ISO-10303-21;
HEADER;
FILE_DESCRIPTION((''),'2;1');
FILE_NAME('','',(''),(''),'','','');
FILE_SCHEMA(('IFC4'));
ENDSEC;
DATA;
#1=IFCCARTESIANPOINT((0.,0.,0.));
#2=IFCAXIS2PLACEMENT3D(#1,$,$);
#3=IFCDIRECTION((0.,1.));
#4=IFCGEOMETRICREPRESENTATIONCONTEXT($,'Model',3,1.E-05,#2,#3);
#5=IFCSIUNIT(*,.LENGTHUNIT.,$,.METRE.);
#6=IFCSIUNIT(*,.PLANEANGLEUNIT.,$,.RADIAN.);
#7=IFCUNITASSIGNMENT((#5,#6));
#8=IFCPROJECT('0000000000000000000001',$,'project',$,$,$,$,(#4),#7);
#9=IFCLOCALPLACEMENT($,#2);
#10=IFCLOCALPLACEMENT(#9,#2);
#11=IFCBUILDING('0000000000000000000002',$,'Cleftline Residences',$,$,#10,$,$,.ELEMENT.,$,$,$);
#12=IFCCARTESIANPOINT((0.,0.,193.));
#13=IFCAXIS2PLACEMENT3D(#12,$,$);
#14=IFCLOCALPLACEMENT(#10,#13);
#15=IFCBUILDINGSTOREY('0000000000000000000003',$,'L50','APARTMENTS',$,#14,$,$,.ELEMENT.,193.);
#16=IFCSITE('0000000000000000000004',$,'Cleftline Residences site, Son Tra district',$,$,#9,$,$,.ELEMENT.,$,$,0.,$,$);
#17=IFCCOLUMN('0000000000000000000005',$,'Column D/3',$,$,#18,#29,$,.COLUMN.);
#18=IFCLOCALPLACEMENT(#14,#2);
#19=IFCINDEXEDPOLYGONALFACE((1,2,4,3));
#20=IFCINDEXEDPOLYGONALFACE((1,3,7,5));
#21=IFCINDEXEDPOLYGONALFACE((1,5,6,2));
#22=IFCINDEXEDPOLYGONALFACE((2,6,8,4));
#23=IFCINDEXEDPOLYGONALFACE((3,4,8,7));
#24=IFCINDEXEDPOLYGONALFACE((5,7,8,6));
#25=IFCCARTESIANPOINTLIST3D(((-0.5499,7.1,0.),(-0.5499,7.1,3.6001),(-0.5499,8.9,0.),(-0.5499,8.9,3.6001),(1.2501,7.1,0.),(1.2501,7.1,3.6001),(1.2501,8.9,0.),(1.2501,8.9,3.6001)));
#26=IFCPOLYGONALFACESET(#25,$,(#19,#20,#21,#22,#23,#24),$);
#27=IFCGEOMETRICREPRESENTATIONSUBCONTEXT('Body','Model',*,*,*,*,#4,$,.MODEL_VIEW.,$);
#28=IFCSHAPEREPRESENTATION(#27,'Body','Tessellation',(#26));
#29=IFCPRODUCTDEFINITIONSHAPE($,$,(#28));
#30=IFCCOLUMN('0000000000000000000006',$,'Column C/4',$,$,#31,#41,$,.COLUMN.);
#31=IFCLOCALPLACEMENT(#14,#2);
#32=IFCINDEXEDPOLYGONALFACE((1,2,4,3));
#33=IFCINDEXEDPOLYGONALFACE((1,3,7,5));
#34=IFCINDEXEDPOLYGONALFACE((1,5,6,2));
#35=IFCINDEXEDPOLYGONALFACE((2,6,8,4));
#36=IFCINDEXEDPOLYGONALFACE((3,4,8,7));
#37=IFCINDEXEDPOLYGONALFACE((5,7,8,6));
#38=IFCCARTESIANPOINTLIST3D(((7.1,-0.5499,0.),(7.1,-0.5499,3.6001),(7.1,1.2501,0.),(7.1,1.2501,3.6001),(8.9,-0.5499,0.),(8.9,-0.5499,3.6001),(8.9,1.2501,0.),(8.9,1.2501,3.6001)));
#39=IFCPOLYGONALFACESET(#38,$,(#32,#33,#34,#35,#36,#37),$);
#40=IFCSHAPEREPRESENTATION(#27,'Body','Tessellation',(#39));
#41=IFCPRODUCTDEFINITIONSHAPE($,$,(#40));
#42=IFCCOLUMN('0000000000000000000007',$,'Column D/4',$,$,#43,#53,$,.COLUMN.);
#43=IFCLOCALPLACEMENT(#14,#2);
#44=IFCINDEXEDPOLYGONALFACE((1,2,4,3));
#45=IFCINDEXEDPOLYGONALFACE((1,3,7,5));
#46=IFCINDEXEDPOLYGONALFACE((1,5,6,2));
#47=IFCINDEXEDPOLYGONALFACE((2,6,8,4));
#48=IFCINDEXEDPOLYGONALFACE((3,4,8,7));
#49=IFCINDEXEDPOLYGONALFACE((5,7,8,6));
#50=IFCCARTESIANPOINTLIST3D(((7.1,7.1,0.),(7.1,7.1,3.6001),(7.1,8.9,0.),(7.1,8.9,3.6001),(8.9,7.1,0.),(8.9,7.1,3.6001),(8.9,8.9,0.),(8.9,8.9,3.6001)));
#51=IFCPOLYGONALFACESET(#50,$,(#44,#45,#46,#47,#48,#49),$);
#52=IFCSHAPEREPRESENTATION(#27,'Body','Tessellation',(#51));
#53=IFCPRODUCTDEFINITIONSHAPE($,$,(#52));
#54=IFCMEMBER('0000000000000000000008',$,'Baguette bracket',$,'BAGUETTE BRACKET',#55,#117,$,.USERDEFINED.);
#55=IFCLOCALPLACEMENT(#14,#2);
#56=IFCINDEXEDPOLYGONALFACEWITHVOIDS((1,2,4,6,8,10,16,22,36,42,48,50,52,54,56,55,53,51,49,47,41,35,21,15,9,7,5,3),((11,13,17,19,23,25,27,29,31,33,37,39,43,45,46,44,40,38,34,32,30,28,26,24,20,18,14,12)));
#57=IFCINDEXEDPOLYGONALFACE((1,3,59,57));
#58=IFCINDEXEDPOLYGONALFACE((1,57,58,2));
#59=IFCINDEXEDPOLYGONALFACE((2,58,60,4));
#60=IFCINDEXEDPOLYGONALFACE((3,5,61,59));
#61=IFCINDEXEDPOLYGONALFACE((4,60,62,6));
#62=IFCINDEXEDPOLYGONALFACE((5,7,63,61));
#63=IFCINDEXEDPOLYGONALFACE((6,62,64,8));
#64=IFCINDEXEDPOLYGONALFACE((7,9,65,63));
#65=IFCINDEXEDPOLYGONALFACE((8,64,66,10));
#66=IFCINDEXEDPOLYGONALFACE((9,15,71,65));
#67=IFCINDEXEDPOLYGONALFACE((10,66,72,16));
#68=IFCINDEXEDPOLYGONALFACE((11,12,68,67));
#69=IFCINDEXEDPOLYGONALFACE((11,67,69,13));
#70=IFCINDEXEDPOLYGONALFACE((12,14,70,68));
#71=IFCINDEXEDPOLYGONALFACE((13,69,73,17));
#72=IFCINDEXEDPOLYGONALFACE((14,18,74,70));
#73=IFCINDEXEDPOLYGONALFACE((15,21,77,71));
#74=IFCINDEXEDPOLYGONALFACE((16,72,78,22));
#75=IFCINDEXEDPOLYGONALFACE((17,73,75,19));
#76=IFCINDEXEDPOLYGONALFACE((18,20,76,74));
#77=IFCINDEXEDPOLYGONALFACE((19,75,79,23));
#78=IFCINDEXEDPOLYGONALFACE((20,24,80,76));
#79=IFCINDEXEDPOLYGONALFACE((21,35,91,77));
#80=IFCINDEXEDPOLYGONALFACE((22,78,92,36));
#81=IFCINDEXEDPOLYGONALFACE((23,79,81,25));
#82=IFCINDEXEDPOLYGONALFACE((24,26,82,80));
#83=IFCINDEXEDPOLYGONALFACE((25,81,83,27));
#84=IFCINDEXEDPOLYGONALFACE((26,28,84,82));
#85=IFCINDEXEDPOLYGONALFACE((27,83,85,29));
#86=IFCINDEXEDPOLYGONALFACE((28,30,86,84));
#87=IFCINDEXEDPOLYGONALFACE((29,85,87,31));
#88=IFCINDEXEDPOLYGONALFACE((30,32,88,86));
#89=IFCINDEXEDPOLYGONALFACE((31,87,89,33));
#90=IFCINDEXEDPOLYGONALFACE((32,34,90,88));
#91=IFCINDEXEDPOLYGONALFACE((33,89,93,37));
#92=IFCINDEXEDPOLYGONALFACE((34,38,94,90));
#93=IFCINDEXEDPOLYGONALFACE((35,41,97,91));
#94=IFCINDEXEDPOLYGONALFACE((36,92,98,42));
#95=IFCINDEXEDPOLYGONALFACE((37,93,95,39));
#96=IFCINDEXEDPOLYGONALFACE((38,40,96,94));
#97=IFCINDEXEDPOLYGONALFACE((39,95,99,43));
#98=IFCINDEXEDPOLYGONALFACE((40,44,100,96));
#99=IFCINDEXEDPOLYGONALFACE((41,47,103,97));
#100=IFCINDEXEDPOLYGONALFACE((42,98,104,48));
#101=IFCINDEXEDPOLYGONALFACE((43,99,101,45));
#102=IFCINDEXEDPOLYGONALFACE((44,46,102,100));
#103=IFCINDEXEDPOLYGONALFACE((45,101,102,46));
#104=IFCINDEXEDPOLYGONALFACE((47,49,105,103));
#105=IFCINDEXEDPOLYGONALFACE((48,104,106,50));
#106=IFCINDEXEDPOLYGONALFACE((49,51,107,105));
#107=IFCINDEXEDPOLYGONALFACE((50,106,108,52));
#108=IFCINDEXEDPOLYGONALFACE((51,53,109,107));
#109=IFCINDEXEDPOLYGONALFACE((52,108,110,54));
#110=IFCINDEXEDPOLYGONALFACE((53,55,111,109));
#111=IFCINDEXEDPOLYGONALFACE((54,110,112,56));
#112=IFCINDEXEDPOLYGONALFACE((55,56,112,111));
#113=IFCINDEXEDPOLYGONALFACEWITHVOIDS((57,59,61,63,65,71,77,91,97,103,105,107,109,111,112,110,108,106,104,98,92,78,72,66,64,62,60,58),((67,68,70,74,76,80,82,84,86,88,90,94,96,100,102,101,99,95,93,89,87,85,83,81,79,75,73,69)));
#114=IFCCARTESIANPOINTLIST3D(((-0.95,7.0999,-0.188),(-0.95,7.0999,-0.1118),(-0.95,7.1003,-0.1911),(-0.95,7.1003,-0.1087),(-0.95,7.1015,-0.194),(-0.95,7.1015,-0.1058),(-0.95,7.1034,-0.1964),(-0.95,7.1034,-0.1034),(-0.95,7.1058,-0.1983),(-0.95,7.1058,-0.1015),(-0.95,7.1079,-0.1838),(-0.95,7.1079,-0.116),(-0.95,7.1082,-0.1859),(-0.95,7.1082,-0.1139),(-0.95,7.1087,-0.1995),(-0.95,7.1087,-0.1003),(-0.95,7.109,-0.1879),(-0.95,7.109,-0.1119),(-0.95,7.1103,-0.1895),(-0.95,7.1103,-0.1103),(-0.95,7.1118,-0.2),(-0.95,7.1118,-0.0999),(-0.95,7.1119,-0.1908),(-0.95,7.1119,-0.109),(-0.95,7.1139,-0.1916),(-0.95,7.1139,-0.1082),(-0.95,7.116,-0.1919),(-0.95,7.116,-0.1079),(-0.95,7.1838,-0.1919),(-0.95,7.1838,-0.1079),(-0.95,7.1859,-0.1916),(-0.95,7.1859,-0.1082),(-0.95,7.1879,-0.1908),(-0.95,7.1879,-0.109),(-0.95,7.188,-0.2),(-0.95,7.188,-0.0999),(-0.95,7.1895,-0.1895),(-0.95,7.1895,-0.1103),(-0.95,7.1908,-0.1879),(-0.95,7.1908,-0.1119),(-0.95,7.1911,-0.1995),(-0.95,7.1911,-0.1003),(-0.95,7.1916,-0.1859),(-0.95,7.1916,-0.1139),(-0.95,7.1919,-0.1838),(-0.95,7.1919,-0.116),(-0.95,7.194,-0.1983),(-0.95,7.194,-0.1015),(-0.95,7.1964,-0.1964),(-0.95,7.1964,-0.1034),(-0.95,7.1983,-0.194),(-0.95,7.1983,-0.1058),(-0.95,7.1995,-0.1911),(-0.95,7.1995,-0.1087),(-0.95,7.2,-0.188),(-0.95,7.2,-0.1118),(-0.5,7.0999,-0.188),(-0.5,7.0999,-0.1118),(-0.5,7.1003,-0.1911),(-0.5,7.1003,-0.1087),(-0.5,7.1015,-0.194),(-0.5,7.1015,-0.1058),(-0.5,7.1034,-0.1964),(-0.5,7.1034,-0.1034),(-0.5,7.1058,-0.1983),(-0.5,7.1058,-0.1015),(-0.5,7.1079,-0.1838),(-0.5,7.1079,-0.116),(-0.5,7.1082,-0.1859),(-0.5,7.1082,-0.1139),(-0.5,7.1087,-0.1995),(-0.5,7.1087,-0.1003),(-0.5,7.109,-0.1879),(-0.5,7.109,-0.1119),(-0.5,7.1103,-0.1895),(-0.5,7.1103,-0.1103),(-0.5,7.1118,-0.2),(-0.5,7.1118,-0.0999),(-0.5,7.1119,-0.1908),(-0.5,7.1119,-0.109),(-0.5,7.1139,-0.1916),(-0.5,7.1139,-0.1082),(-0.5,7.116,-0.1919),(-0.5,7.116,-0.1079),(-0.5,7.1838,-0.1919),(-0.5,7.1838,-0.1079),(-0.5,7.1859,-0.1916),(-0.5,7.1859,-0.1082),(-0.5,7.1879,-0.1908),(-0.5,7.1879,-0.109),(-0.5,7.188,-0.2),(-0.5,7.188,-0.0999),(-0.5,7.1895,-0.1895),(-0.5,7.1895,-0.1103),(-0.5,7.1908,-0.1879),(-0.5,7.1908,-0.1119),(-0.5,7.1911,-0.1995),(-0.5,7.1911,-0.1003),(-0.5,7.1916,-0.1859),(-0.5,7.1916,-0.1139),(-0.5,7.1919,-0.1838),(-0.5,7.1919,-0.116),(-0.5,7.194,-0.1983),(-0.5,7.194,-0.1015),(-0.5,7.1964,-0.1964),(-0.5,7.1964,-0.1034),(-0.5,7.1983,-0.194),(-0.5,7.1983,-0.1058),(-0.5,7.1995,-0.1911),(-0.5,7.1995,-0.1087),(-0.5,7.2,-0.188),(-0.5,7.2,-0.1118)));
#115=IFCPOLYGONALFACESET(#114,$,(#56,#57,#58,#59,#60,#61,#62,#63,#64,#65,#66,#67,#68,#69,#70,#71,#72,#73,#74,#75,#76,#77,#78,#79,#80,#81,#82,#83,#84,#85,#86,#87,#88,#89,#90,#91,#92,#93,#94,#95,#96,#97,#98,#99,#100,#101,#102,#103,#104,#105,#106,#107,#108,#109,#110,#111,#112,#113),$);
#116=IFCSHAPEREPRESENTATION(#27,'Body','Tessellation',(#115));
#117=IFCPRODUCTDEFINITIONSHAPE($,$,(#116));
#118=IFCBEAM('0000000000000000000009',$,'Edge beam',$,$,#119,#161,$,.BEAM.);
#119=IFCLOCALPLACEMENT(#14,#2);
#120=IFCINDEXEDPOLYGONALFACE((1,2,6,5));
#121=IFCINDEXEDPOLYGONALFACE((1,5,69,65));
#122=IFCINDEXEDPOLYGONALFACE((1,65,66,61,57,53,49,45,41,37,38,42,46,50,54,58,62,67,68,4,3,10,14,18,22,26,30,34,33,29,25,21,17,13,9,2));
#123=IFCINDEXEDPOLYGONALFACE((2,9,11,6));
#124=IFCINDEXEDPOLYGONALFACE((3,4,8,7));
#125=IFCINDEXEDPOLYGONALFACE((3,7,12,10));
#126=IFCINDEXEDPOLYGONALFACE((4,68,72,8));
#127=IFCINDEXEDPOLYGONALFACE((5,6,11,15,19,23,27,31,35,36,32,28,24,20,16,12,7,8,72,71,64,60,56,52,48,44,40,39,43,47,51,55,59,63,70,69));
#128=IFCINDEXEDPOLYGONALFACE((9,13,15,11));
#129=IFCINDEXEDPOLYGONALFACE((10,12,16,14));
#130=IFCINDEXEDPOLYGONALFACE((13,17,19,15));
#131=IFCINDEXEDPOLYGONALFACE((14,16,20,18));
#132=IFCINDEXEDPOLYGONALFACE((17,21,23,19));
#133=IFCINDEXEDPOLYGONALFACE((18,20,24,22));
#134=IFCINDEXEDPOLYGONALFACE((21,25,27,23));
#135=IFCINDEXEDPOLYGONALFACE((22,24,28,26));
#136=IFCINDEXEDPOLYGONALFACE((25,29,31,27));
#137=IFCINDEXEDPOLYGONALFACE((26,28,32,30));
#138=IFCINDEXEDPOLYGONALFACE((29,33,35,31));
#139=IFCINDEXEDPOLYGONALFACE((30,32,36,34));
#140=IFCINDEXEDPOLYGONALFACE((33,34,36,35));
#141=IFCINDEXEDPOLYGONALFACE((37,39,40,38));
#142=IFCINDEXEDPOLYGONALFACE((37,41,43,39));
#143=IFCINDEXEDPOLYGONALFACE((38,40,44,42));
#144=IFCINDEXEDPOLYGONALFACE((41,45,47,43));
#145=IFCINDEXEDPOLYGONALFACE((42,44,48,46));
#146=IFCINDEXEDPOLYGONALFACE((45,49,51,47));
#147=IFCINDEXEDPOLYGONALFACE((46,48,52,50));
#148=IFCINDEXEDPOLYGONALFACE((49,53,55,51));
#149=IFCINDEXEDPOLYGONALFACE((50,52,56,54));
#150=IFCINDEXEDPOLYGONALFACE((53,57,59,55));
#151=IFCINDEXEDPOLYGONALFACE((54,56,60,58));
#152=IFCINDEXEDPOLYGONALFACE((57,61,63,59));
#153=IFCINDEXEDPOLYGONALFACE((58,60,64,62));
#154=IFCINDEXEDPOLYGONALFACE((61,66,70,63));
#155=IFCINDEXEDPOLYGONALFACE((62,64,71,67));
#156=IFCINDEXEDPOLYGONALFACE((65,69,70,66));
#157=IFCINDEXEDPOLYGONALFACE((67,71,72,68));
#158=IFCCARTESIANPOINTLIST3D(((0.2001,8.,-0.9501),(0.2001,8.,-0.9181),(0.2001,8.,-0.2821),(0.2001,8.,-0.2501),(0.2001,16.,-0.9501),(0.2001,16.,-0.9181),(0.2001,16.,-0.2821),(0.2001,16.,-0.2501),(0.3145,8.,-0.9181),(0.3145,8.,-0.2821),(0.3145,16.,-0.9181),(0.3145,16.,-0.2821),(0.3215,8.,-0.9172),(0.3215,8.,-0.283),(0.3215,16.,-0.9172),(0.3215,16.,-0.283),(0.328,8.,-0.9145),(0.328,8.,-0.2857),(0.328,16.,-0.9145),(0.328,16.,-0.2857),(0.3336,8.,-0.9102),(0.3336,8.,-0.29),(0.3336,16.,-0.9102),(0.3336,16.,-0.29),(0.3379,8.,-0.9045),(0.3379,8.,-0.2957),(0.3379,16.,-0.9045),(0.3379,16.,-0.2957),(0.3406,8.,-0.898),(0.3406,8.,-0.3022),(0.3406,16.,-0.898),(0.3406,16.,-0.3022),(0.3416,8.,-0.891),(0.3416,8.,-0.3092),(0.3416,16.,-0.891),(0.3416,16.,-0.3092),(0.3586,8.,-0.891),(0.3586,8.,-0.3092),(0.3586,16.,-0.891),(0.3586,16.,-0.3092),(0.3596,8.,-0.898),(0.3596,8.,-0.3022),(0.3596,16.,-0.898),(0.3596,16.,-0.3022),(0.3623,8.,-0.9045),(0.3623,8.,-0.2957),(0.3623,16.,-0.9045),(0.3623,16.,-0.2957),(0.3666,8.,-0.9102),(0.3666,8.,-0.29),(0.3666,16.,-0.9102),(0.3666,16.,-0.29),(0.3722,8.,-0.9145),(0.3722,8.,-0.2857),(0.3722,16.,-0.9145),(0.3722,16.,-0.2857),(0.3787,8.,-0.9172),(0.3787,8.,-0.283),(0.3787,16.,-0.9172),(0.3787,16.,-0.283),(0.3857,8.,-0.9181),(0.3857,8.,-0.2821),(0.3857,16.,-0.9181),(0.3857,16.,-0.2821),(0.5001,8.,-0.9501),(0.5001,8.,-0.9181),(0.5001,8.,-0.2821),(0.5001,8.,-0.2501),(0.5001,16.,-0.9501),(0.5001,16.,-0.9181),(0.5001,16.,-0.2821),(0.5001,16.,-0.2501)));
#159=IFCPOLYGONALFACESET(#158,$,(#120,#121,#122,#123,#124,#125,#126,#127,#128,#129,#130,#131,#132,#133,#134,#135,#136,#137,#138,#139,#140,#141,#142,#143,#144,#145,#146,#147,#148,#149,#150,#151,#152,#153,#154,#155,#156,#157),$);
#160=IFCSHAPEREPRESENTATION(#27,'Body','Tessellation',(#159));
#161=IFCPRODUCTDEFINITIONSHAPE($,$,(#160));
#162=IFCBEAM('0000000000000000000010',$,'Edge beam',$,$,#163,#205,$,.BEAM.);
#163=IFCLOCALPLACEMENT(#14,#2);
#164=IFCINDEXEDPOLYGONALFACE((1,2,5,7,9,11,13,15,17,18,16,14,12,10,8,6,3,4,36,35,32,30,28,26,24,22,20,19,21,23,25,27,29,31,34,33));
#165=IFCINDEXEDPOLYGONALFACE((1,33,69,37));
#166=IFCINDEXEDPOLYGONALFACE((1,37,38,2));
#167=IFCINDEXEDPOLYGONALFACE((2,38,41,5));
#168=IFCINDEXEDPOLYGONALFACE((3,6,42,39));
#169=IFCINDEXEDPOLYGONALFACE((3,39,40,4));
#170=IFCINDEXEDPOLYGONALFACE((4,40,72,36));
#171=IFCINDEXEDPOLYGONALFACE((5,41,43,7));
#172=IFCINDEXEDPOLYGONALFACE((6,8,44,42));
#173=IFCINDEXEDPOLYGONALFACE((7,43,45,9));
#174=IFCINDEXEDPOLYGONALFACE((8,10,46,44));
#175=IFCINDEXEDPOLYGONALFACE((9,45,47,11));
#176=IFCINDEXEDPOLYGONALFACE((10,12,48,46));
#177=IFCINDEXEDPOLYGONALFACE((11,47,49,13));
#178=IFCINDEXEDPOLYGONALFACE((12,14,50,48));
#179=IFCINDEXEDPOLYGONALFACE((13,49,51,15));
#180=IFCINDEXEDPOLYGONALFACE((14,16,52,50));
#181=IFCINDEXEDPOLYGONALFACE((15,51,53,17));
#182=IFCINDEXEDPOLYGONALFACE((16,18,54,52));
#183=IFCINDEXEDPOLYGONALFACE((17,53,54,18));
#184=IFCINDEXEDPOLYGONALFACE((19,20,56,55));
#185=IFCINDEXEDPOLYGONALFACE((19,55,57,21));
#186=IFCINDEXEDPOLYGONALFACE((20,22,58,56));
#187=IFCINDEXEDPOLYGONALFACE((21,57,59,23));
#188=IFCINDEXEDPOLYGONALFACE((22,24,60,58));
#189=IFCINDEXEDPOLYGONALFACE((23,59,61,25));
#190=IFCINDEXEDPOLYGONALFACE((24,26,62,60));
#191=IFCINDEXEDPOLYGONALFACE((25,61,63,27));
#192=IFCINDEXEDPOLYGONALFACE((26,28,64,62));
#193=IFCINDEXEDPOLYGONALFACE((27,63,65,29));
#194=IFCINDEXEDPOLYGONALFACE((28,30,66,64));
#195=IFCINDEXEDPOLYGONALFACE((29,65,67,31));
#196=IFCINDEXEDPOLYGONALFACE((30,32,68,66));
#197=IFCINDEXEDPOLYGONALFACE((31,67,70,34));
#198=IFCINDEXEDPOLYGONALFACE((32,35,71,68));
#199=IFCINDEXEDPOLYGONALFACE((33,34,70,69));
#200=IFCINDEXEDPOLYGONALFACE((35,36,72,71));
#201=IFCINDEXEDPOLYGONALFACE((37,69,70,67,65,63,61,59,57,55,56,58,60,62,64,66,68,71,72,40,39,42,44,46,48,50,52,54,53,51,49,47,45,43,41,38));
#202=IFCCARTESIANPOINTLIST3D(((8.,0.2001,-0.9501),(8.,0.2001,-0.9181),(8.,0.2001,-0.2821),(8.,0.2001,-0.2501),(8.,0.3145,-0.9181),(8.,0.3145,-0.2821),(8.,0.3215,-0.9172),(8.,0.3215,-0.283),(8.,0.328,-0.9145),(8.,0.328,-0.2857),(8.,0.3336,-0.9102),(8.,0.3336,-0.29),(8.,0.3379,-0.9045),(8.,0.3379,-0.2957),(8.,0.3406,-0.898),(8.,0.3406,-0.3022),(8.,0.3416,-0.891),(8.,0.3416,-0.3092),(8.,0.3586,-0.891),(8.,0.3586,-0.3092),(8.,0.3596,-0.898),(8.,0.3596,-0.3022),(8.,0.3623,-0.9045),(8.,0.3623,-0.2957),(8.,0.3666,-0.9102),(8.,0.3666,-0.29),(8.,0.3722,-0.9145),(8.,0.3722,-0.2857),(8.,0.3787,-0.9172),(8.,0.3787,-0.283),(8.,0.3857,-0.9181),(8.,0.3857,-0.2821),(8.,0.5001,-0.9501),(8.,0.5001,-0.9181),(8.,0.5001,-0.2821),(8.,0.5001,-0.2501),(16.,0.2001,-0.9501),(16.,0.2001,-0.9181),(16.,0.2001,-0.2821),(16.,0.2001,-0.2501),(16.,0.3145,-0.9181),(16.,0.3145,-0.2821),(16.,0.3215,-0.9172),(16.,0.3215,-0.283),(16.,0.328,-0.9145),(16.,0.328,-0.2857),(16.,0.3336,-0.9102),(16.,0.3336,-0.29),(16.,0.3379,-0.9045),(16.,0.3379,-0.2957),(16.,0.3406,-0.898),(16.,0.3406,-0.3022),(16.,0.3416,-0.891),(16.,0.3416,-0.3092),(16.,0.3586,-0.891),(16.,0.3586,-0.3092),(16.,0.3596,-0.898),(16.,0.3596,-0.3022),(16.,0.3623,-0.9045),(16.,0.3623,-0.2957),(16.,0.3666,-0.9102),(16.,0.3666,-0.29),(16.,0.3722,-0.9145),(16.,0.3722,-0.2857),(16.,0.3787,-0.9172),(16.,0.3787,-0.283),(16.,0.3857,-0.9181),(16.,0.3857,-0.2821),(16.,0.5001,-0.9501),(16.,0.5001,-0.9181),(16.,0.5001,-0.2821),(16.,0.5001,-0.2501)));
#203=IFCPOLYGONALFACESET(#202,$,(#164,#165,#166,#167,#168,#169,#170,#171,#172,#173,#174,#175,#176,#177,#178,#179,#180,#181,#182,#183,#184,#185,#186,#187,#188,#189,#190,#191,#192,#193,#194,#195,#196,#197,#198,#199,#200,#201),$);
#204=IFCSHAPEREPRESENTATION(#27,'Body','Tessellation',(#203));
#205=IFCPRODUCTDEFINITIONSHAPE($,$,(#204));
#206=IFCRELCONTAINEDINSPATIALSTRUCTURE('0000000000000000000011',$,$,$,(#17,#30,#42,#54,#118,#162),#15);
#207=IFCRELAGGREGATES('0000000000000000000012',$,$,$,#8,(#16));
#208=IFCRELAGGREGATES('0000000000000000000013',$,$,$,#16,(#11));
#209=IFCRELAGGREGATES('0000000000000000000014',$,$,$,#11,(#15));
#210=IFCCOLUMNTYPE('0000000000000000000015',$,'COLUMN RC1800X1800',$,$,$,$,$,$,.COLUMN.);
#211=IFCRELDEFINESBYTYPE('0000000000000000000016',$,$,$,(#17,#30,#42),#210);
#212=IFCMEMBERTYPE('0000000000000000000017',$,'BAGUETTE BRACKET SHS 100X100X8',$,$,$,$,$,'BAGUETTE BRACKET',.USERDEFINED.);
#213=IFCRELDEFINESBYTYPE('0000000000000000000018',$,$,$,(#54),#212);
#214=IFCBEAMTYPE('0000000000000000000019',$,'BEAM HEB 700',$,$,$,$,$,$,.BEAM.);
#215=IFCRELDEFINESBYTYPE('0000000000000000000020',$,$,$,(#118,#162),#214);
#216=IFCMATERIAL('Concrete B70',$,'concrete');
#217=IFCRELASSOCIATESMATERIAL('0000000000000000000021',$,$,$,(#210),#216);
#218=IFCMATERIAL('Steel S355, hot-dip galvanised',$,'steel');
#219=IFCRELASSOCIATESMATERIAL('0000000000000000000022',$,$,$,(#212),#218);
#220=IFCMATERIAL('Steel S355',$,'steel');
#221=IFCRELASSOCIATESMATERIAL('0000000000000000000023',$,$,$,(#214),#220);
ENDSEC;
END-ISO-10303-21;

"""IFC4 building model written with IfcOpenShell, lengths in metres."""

from ifc_helpers import new_model, si_unit, direction, frame, origin, origin_2d, place, context, subcontext, project, spatial, rectangle, hollow_rectangle, i_section, extrude, material, material_profile, profile_set, type_object, element, save


model = new_model("IFC4")

# Units and contexts
model_context = context("Model", 3, precision=1e-05, world=origin(), true_north=direction((0.0, 1.0)))
body_context = subcontext(model_context, "Body", "Model", "MODEL_VIEW")
ifc_project = project(units=[si_unit("LENGTHUNIT", "METRE"), si_unit("PLANEANGLEUNIT", "RADIAN")], contexts=[model_context])

# Site, building, storey
site_placement = place(None, origin())
site = spatial("IfcSite", under=ifc_project, at=site_placement, Name="Cleftline Residences site, Son Tra district", CompositionType="ELEMENT", RefElevation=0.0)
building_placement = place(site_placement, origin())
building = spatial("IfcBuilding", under=site, at=building_placement, Name="Cleftline Residences", CompositionType="ELEMENT")
storey_placement = place(building_placement, frame((0.0, 0.0, 193.0)))
storey = spatial("IfcBuildingStorey", under=building, at=storey_placement, Name="L50", Description="APARTMENTS", CompositionType="ELEMENT", Elevation=193.0)

# Columns
ifc_material_1 = material(Name="Concrete B70", Category="concrete")
ifc_material_profile_1 = material_profile(ifc_material_1, rectangle(XDim=1.8, YDim=1.8, at=origin_2d()))
ifc_profile_set_1 = profile_set([ifc_material_profile_1], Name="Concrete B70")
column_type = type_object("IfcColumnType", Name="COLUMN RC1800X1800", PredefinedType="COLUMN", material=ifc_profile_set_1)
for number, where, z_axis, x_axis, name in (
    (1, (0.3501, 8.0, 0.0), (0.0, 0.0, 1.0), (1.0, 0.0, 0.0), "Column D/3"),
    (2, (8.0, 0.3501, 0.0), (0.0, 0.0, 1.0), (1.0, 0.0, 0.0), "Column C/4"),
    (3, (8.0, 8.0, 0.0), (0.0, 0.0, 1.0), (1.0, 0.0, 0.0), "Column D/4"),
):
    element("IfcColumn", number, at=place(storey_placement, frame(where, z_axis=z_axis, x_axis=x_axis)), inside=storey, type_object=column_type, Name=name, PredefinedType="COLUMN", context=body_context, shape_type="SweptSolid", body=[
        extrude(rectangle(XDim=1.8, YDim=1.8, at=origin_2d()), origin(), (0.0, 0.0, 1.0), 3.6001),
    ])

# Member
ifc_material_2 = material(Name="Steel S355, hot-dip galvanised", Category="steel")
ifc_material_profile_2 = material_profile(ifc_material_2, hollow_rectangle(XDim=0.1001, YDim=0.1001, WallThickness=0.0081, InnerFilletRadius=0.0081, OuterFilletRadius=0.012, at=origin_2d()))
ifc_profile_set_2 = profile_set([ifc_material_profile_2], Name="Steel S355, hot-dip galvanised")
member_type_1 = type_object("IfcMemberType", Name="BAGUETTE BRACKET SHS 100X100X8", ElementType="BAGUETTE BRACKET", PredefinedType="USERDEFINED", material=ifc_profile_set_2)
member_placement = place(storey_placement, frame((-0.5, 7.1499, -0.1499), z_axis=(-1.0, 0.0, 0.0), x_axis=(0.0, -1.0, 0.0)))
element("IfcMember", 4, at=member_placement, inside=storey, type_object=member_type_1, Name="Baguette bracket", ObjectType="BAGUETTE BRACKET", PredefinedType="USERDEFINED", context=body_context, shape_type="SweptSolid", body=[
    extrude(hollow_rectangle(XDim=0.1001, YDim=0.1001, WallThickness=0.0081, InnerFilletRadius=0.0081, OuterFilletRadius=0.012, at=origin_2d()), origin(), (0.0, 0.0, 1.0), 0.45),
])

# Beams
ifc_material_3 = material(Name="Steel S355", Category="steel")
ifc_material_profile_3 = material_profile(ifc_material_3, i_section(OverallWidth=0.3, OverallDepth=0.7, WebThickness=0.0171, FlangeThickness=0.032, FilletRadius=0.0271, at=origin_2d()))
ifc_profile_set_3 = profile_set([ifc_material_profile_3], Name="Steel S355")
beam_type = type_object("IfcBeamType", Name="BEAM HEB 700", PredefinedType="BEAM", material=ifc_profile_set_3)
for number, where, z_axis, x_axis, name in (
    (5, (0.3501, 8.0, -0.6001), (0.0, 1.0, 0.0), (-1.0, 0.0, 0.0), "Edge beam"),
    (6, (8.0, 0.3501, -0.6001), (1.0, 0.0, 0.0), (0.0, 1.0, 0.0), "Edge beam"),
):
    element("IfcBeam", number, at=place(storey_placement, frame(where, z_axis=z_axis, x_axis=x_axis)), inside=storey, type_object=beam_type, Name=name, PredefinedType="BEAM", context=body_context, shape_type="SweptSolid", body=[
        extrude(i_section(OverallWidth=0.3, OverallDepth=0.7, WebThickness=0.0171, FlangeThickness=0.032, FilletRadius=0.0271, at=origin_2d()), origin(), (0.0, 0.0, 1.0), 8.0),
    ])

save(model, "model.ifc")
